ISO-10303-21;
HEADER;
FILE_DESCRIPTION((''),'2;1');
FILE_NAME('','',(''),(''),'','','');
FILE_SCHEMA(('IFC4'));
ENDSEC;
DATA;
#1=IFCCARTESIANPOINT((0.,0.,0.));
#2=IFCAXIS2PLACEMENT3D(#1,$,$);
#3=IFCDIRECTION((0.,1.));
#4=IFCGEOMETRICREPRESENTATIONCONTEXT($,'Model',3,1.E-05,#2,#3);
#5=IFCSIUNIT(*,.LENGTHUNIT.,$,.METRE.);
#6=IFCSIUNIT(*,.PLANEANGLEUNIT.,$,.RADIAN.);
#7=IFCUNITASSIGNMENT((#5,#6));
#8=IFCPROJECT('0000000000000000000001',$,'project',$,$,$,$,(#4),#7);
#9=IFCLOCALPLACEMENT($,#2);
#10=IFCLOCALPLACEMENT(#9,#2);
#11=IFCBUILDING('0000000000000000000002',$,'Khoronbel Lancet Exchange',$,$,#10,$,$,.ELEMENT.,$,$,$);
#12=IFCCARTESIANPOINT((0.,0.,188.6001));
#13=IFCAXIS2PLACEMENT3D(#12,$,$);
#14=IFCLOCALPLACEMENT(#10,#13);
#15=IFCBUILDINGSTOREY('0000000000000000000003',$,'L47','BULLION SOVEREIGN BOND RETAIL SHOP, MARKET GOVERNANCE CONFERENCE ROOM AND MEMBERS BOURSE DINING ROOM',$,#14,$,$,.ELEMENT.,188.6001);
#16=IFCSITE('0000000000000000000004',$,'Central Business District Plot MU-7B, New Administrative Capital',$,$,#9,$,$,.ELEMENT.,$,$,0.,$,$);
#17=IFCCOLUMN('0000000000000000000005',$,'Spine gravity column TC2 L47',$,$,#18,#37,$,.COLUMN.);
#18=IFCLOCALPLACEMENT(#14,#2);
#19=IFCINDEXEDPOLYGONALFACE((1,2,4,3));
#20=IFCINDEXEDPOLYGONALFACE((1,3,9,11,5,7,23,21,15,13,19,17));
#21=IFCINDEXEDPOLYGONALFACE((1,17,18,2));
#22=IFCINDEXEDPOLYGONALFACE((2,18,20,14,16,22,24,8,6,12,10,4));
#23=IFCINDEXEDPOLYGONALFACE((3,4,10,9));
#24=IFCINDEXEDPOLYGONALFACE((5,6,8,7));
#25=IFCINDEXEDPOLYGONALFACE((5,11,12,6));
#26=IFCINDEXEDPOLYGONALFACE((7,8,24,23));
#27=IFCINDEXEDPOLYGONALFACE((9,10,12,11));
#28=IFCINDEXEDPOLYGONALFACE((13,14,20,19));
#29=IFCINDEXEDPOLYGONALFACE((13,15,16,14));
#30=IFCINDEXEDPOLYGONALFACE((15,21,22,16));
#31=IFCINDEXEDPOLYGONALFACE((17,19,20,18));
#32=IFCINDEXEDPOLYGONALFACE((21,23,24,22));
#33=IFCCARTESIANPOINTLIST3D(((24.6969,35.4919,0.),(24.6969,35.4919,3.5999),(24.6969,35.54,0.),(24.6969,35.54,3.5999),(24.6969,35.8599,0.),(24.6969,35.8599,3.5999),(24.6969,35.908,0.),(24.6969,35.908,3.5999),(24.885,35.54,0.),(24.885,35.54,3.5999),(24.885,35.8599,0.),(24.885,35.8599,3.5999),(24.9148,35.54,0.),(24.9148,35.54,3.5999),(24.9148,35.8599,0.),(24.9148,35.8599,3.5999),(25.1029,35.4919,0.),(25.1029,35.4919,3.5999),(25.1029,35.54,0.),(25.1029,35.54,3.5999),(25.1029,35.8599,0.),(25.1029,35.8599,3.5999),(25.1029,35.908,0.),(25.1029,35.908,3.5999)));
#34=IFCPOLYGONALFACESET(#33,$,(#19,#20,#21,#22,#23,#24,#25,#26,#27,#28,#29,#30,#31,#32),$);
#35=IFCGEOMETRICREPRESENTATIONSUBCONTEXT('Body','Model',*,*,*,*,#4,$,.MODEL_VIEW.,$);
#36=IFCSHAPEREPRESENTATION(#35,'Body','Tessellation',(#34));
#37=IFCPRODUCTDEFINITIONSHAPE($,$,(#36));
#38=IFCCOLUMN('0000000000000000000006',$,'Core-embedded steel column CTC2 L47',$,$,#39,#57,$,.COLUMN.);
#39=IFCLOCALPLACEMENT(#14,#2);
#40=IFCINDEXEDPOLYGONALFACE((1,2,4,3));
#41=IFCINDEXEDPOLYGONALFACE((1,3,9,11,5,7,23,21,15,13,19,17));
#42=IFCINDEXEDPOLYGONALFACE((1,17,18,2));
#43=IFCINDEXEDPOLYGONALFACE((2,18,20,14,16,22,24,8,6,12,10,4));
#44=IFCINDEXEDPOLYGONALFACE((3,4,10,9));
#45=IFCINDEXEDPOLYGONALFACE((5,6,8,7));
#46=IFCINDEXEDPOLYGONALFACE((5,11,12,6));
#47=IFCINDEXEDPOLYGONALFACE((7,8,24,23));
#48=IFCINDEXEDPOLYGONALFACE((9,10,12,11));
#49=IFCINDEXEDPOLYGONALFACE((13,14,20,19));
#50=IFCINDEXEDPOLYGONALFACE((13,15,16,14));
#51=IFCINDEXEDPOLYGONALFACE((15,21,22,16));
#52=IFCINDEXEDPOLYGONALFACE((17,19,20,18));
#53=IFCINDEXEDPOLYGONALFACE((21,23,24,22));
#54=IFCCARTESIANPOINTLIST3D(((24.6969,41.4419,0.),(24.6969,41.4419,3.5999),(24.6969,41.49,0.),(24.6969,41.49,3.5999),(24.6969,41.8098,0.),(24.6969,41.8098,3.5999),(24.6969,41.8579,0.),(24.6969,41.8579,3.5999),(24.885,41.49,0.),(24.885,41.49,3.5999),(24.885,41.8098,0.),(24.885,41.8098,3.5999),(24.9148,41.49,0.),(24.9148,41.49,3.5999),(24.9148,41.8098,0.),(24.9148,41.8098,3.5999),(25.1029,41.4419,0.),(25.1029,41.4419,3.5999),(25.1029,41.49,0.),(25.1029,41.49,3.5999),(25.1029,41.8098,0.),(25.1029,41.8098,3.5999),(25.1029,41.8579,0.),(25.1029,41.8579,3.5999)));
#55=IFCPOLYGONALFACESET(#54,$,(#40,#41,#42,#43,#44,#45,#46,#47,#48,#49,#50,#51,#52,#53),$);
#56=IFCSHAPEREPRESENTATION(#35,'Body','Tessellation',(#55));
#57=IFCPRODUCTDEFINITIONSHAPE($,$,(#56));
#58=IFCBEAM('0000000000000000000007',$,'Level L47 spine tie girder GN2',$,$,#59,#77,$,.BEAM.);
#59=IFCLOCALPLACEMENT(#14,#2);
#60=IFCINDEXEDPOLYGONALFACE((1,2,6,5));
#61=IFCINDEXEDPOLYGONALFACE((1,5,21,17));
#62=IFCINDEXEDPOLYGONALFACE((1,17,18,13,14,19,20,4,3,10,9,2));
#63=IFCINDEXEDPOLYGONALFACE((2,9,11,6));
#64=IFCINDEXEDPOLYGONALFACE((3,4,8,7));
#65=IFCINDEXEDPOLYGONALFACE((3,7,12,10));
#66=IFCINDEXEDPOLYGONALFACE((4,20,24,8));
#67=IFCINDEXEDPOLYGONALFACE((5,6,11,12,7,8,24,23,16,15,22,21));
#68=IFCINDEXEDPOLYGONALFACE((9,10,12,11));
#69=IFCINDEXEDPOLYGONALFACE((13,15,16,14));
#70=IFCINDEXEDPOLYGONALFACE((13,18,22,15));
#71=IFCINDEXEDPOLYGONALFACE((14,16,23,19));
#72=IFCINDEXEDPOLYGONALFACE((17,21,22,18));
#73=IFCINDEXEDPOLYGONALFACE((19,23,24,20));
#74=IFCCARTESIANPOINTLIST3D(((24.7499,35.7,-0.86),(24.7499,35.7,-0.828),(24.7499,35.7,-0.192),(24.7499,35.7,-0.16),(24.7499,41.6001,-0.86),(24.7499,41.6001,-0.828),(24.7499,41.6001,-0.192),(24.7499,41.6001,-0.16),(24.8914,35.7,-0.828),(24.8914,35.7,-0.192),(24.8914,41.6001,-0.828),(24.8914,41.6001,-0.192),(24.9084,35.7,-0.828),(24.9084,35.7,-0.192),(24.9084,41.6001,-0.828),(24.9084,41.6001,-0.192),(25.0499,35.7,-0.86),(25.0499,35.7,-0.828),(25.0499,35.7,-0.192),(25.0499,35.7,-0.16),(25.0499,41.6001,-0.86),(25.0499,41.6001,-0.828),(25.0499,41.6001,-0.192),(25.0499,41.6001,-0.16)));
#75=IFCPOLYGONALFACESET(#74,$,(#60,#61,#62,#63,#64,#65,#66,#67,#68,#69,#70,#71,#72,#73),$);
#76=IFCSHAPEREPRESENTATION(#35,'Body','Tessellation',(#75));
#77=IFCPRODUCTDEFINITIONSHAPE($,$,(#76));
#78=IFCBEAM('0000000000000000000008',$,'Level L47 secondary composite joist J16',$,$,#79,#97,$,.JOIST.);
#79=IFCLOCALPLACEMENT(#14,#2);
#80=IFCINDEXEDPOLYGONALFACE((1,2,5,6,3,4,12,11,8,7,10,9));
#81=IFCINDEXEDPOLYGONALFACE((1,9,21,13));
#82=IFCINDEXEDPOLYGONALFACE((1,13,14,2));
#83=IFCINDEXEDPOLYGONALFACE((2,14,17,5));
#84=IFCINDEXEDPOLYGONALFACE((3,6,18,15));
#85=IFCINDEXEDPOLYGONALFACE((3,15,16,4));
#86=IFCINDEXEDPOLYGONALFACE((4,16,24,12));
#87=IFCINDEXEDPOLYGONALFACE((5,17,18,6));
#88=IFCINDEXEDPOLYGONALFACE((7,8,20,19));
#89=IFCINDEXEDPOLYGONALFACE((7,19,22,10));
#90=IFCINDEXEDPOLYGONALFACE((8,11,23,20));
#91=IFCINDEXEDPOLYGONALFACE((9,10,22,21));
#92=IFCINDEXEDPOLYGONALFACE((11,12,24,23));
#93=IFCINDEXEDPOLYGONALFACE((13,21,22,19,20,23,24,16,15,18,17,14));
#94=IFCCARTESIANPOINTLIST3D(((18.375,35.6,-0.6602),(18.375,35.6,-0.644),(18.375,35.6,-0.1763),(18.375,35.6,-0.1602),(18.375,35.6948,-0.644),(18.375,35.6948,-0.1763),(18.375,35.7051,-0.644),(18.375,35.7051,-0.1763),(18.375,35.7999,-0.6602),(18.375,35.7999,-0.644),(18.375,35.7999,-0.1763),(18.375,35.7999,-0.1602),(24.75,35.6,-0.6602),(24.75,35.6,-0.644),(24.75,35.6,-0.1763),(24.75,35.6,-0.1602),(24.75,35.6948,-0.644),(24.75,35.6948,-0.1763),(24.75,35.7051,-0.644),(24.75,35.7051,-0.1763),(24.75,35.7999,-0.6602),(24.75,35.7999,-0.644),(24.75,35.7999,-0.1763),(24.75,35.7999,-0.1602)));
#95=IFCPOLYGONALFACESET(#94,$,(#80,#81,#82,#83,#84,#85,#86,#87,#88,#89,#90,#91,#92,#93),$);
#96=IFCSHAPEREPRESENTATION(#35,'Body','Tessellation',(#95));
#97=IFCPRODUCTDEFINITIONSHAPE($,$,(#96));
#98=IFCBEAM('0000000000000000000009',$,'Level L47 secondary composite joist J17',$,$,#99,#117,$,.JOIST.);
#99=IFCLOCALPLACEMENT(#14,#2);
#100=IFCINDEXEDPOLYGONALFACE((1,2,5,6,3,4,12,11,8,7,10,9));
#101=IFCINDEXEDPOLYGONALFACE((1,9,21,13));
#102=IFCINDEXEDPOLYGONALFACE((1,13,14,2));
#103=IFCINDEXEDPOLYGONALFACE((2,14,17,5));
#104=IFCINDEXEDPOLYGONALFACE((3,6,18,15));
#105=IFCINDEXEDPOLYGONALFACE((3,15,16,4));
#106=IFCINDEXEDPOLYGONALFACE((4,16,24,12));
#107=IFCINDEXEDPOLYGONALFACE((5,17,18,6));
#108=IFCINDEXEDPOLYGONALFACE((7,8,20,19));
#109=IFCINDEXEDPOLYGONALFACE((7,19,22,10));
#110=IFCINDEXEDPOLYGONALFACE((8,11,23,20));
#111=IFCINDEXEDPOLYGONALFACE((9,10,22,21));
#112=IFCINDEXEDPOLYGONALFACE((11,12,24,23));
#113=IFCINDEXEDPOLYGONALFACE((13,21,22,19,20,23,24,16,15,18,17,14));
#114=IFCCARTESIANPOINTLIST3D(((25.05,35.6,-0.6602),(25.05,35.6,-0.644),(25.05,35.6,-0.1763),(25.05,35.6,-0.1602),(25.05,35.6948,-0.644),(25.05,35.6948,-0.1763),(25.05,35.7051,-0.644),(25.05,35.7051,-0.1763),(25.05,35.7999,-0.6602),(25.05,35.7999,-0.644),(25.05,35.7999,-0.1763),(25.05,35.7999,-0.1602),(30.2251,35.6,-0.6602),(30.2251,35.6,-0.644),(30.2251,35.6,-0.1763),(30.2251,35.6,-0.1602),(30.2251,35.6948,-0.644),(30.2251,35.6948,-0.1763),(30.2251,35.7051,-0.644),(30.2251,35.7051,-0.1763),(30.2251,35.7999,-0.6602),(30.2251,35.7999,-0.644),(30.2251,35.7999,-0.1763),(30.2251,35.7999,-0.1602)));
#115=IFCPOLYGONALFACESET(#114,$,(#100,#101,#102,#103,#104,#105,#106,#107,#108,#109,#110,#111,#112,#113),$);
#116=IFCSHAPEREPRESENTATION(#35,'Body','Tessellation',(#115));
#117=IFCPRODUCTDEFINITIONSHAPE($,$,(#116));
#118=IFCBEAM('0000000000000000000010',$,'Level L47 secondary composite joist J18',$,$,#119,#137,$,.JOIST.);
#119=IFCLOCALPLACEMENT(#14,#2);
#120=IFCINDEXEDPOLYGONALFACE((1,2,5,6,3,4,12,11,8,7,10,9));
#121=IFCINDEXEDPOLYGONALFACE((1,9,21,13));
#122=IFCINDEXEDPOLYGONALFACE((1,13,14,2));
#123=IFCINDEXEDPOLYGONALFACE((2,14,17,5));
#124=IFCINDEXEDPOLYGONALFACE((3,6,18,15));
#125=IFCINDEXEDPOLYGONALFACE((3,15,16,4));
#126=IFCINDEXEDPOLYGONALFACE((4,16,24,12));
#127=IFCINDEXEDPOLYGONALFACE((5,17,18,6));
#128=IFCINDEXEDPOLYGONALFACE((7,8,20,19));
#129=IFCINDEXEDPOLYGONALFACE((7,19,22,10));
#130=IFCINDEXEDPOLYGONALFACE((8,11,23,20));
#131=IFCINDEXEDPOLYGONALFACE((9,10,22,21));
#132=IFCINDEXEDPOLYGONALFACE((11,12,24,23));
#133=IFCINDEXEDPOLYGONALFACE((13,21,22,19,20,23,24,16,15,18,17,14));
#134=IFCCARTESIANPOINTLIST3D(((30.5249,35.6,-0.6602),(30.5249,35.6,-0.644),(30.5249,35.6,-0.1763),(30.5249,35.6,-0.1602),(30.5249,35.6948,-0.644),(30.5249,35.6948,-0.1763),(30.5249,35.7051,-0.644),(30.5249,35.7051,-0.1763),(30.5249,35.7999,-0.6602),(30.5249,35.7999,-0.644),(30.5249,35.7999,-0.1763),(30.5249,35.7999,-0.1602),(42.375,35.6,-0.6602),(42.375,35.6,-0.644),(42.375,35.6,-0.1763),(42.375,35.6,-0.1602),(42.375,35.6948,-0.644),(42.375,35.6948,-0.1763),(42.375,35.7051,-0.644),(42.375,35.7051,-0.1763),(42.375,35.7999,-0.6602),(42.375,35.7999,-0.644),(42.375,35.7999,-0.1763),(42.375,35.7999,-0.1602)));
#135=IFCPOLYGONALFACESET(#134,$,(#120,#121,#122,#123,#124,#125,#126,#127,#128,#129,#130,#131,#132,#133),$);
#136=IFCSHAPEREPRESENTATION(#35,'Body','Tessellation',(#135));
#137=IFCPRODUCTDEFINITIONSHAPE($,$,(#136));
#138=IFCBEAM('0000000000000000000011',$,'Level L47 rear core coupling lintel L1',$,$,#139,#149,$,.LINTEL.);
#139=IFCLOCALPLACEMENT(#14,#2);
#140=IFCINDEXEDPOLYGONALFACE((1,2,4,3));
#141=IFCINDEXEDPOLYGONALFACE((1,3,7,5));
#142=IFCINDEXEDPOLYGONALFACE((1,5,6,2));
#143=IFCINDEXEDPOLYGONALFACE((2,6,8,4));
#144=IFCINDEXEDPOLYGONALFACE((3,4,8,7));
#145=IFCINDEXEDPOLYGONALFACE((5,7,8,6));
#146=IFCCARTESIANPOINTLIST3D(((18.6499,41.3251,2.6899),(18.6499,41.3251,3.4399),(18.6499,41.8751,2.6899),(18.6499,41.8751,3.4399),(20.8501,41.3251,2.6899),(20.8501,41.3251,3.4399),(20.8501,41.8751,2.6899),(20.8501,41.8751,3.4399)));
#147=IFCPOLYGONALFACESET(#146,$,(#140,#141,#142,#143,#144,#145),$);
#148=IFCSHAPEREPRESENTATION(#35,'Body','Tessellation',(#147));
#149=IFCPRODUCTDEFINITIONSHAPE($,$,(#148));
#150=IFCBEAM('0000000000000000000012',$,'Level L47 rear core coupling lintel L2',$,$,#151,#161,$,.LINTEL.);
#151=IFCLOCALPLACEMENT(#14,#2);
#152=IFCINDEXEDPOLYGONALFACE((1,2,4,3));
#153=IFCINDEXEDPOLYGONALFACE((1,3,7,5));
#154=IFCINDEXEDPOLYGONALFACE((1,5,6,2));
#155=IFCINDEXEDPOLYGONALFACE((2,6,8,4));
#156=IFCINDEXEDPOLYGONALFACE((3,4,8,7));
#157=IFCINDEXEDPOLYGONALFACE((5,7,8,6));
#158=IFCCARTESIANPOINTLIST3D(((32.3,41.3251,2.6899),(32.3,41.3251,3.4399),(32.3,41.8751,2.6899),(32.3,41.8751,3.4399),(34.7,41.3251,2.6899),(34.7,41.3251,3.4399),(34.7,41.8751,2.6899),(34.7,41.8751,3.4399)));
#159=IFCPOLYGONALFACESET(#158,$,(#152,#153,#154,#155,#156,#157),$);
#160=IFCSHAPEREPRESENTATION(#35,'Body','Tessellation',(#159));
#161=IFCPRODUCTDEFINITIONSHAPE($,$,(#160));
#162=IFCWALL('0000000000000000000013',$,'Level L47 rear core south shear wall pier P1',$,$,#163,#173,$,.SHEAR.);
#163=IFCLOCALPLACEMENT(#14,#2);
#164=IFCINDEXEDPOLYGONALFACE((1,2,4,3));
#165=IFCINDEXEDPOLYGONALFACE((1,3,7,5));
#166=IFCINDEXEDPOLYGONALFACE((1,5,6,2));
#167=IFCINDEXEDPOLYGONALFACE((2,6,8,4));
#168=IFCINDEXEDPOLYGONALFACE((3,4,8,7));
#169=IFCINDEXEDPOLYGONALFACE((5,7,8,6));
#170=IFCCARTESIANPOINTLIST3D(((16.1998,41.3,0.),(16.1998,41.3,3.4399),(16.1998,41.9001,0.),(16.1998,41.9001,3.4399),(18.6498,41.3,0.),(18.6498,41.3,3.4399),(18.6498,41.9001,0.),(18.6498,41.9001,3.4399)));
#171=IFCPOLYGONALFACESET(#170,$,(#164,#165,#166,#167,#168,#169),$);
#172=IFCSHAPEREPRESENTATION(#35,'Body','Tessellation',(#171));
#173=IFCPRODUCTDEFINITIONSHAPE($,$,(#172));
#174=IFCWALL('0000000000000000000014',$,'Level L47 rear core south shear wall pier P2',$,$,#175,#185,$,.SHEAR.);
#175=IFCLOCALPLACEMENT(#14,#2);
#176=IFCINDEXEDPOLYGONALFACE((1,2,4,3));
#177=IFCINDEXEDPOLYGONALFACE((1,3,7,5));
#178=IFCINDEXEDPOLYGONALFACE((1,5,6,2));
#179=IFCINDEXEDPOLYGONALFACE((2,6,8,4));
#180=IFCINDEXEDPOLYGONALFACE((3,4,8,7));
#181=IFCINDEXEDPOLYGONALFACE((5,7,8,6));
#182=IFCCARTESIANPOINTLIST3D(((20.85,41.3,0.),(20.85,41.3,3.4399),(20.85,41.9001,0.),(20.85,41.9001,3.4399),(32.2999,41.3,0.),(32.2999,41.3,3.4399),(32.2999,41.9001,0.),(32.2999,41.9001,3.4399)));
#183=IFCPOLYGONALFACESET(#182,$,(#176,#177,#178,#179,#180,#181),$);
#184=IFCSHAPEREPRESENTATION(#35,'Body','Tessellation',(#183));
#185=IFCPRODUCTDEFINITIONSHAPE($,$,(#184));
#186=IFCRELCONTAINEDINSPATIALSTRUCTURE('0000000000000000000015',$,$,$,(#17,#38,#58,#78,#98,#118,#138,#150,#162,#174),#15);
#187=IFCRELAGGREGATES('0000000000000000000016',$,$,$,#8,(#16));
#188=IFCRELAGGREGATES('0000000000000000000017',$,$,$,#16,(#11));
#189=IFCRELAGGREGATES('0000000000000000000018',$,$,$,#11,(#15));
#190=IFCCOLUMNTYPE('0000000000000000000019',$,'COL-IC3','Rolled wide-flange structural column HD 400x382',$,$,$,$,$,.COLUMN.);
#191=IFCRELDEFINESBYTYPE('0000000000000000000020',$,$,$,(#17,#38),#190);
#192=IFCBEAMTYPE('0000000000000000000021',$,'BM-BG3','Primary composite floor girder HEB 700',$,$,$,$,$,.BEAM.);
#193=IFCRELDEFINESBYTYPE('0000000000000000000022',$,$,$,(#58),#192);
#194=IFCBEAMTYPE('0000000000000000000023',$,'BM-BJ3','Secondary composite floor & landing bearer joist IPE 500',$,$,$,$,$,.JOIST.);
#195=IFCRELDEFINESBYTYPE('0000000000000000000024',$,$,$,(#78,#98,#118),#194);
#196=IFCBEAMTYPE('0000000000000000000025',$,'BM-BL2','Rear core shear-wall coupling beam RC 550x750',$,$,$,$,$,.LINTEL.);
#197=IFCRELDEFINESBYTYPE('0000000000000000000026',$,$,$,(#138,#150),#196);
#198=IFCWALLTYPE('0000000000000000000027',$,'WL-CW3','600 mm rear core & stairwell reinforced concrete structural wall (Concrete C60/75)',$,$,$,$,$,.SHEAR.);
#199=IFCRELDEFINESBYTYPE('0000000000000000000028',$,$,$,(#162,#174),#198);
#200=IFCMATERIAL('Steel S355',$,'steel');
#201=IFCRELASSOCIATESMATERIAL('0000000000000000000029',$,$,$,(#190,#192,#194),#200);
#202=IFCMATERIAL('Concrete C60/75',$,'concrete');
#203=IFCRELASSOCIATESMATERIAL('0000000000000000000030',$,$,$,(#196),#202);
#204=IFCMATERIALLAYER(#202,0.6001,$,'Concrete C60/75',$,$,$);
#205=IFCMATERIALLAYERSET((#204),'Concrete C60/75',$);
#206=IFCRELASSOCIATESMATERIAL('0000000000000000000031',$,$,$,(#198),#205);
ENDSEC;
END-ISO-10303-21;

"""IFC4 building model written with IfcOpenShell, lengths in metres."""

from ifc_helpers import new_model, si_unit, direction, frame, frame_2d, origin, origin_2d, place, context, subcontext, project, spatial, rectangle, i_section, extrude, material, layer, layer_set, material_profile, profile_set, type_object, element, save


model = new_model("IFC4")

# Units and contexts
model_context = context("Model", 3, precision=1e-05, world=origin(), true_north=direction((0.0, 1.0)))
body_context = subcontext(model_context, "Body", "Model", "MODEL_VIEW")
ifc_project = project(units=[si_unit("LENGTHUNIT", "METRE"), si_unit("PLANEANGLEUNIT", "RADIAN")], contexts=[model_context])

# Site, building, storey
site_placement = place(None, origin())
site = spatial("IfcSite", under=ifc_project, at=site_placement, Name="Central Business District Plot MU-7B, New Administrative Capital", CompositionType="ELEMENT", RefElevation=0.0)
building_placement = place(site_placement, origin())
building = spatial("IfcBuilding", under=site, at=building_placement, Name="Khoronbel Lancet Exchange", CompositionType="ELEMENT")
storey_placement = place(building_placement, frame((0.0, 0.0, 188.6001)))
storey = spatial("IfcBuildingStorey", under=building, at=storey_placement, Name="L47", Description="BULLION SOVEREIGN BOND RETAIL SHOP, MARKET GOVERNANCE CONFERENCE ROOM AND MEMBERS BOURSE DINING ROOM", CompositionType="ELEMENT", Elevation=188.6001)

# Columns
ifc_material_1 = material(Name="Steel S355", Category="steel")
ifc_material_profile_1 = material_profile(ifc_material_1, i_section(OverallWidth=0.406, OverallDepth=0.416, WebThickness=0.0298, FlangeThickness=0.0481, at=origin_2d()), Name="HD 400x382")
ifc_profile_set_1 = profile_set([ifc_material_profile_1], Name="Steel S355")
column_type = type_object("IfcColumnType", Name="COL-IC3", Description="Rolled wide-flange structural column HD 400x382", PredefinedType="COLUMN", material=ifc_profile_set_1)
for number, where, z_axis, x_axis, name in (
    (1, (24.8999, 35.7, 0.0), (0.0, 0.0, 1.0), (1.0, 0.0, 0.0), "Spine gravity column TC2 L47"),
    (2, (24.8999, 41.6499, 0.0), (0.0, 0.0, 1.0), (1.0, 0.0, 0.0), "Core-embedded steel column CTC2 L47"),
):
    element("IfcColumn", number, at=place(storey_placement, frame(where, z_axis=z_axis, x_axis=x_axis)), inside=storey, type_object=column_type, Name=name, PredefinedType="COLUMN", context=body_context, shape_type="SweptSolid", body=[
        extrude(i_section(OverallWidth=0.406, OverallDepth=0.416, WebThickness=0.0298, FlangeThickness=0.0481, at=origin_2d()), origin(), (0.0, 0.0, 1.0), 3.5999),
    ])

# Beams
ifc_material_profile_2 = material_profile(ifc_material_1, i_section(OverallWidth=0.3, OverallDepth=0.7, WebThickness=0.0171, FlangeThickness=0.032, at=origin_2d()), Name="HEB 700")
ifc_profile_set_2 = profile_set([ifc_material_profile_2], Name="Steel S355")
beam_type_1 = type_object("IfcBeamType", Name="BM-BG3", Description="Primary composite floor girder HEB 700", PredefinedType="BEAM", material=ifc_profile_set_2)
beam_1_placement = place(storey_placement, frame((24.8999, 35.7, -0.51), z_axis=(0.0, 1.0, 0.0), x_axis=(-1.0, 0.0, 0.0)))
element("IfcBeam", 3, at=beam_1_placement, inside=storey, type_object=beam_type_1, Name="Level L47 spine tie girder GN2", PredefinedType="BEAM", context=body_context, shape_type="SweptSolid", body=[
    extrude(i_section(OverallWidth=0.3, OverallDepth=0.7, WebThickness=0.0171, FlangeThickness=0.032, at=origin_2d()), origin(), (0.0, 0.0, 1.0), 5.9001),
])
ifc_material_profile_3 = material_profile(ifc_material_1, i_section(OverallWidth=0.2, OverallDepth=0.5, WebThickness=0.0103, FlangeThickness=0.0161, at=origin_2d()), Name="IPE 500")
ifc_profile_set_3 = profile_set([ifc_material_profile_3], Name="Steel S355")
beam_type_2 = type_object("IfcBeamType", Name="BM-BJ3", Description="Secondary composite floor & landing bearer joist IPE 500", PredefinedType="JOIST", material=ifc_profile_set_3)
beam_2_placement = place(storey_placement, frame((18.375, 35.7, -0.4102), z_axis=(1.0, 0.0, 0.0), x_axis=(0.0, 1.0, 0.0)))
element("IfcBeam", 4, at=beam_2_placement, inside=storey, type_object=beam_type_2, Name="Level L47 secondary composite joist J16", PredefinedType="JOIST", context=body_context, shape_type="SweptSolid", body=[
    extrude(i_section(OverallWidth=0.2, OverallDepth=0.5, WebThickness=0.0103, FlangeThickness=0.0161, at=origin_2d()), origin(), (0.0, 0.0, 1.0), 6.375),
])
beam_3_placement = place(storey_placement, frame((25.05, 35.7, -0.4102), z_axis=(1.0, 0.0, 0.0), x_axis=(0.0, 1.0, 0.0)))
element("IfcBeam", 5, at=beam_3_placement, inside=storey, type_object=beam_type_2, Name="Level L47 secondary composite joist J17", PredefinedType="JOIST", context=body_context, shape_type="SweptSolid", body=[
    extrude(i_section(OverallWidth=0.2, OverallDepth=0.5, WebThickness=0.0103, FlangeThickness=0.0161, at=origin_2d()), origin(), (0.0, 0.0, 1.0), 5.175),
])
beam_4_placement = place(storey_placement, frame((30.5249, 35.7, -0.4102), z_axis=(1.0, 0.0, 0.0), x_axis=(0.0, 1.0, 0.0)))
element("IfcBeam", 6, at=beam_4_placement, inside=storey, type_object=beam_type_2, Name="Level L47 secondary composite joist J18", PredefinedType="JOIST", context=body_context, shape_type="SweptSolid", body=[
    extrude(i_section(OverallWidth=0.2, OverallDepth=0.5, WebThickness=0.0103, FlangeThickness=0.0161, at=origin_2d()), origin(), (0.0, 0.0, 1.0), 11.8501),
])
ifc_material_2 = material(Name="Concrete C60/75", Category="concrete")
ifc_material_profile_4 = material_profile(ifc_material_2, rectangle(XDim=0.55, YDim=0.75, at=origin_2d()), Name="RC 550x750")
ifc_profile_set_4 = profile_set([ifc_material_profile_4], Name="Concrete C60/75")
beam_type_3 = type_object("IfcBeamType", Name="BM-BL2", Description="Rear core shear-wall coupling beam RC 550x750", PredefinedType="LINTEL", material=ifc_profile_set_4)
beam_5_placement = place(storey_placement, frame((18.6499, 41.6001, 3.0649), z_axis=(1.0, 0.0, 0.0), x_axis=(0.0, 1.0, 0.0)))
element("IfcBeam", 7, at=beam_5_placement, inside=storey, type_object=beam_type_3, Name="Level L47 rear core coupling lintel L1", PredefinedType="LINTEL", context=body_context, shape_type="SweptSolid", body=[
    extrude(rectangle(XDim=0.55, YDim=0.75, at=origin_2d()), origin(), (0.0, 0.0, 1.0), 2.2002),
])
beam_6_placement = place(storey_placement, frame((32.3, 41.6001, 3.0649), z_axis=(1.0, 0.0, 0.0), x_axis=(0.0, 1.0, 0.0)))
element("IfcBeam", 8, at=beam_6_placement, inside=storey, type_object=beam_type_3, Name="Level L47 rear core coupling lintel L2", PredefinedType="LINTEL", context=body_context, shape_type="SweptSolid", body=[
    extrude(rectangle(XDim=0.55, YDim=0.75, at=origin_2d()), origin(), (0.0, 0.0, 1.0), 2.3999),
])

# Walls
ifc_layer_1 = layer(ifc_material_2, 0.6001, Name="Concrete C60/75")
ifc_layer_set_1 = layer_set([ifc_layer_1], Name="Concrete C60/75")
wall_type_1 = type_object("IfcWallType", Name="WL-CW3", Description="600 mm rear core & stairwell reinforced concrete structural wall (Concrete C60/75)", PredefinedType="SHEAR", material=ifc_layer_set_1)
wall_1_placement = place(storey_placement, frame((18.6499, 41.6001, 0.0), z_axis=(0.0, 0.0, 1.0), x_axis=(-1.0, 0.0, 0.0)))
element("IfcWall", 9, at=wall_1_placement, inside=storey, type_object=wall_type_1, Name="Level L47 rear core south shear wall pier P1", PredefinedType="SHEAR", context=body_context, shape_type="SweptSolid", body=[
    extrude(rectangle(XDim=2.45, YDim=0.6001, at=frame_2d((1.2251, 0.0))), origin(), (0.0, 0.0, 1.0), 3.4399),
])
wall_2_placement = place(storey_placement, frame((32.3, 41.6001, 0.0), z_axis=(0.0, 0.0, 1.0), x_axis=(-1.0, 0.0, 0.0)))
element("IfcWall", 10, at=wall_2_placement, inside=storey, type_object=wall_type_1, Name="Level L47 rear core south shear wall pier P2", PredefinedType="SHEAR", context=body_context, shape_type="SweptSolid", body=[
    extrude(rectangle(XDim=11.45, YDim=0.6001, at=frame_2d((5.7251, 0.0))), origin(), (0.0, 0.0, 1.0), 3.4399),
])

save(model, "model.ifc")
